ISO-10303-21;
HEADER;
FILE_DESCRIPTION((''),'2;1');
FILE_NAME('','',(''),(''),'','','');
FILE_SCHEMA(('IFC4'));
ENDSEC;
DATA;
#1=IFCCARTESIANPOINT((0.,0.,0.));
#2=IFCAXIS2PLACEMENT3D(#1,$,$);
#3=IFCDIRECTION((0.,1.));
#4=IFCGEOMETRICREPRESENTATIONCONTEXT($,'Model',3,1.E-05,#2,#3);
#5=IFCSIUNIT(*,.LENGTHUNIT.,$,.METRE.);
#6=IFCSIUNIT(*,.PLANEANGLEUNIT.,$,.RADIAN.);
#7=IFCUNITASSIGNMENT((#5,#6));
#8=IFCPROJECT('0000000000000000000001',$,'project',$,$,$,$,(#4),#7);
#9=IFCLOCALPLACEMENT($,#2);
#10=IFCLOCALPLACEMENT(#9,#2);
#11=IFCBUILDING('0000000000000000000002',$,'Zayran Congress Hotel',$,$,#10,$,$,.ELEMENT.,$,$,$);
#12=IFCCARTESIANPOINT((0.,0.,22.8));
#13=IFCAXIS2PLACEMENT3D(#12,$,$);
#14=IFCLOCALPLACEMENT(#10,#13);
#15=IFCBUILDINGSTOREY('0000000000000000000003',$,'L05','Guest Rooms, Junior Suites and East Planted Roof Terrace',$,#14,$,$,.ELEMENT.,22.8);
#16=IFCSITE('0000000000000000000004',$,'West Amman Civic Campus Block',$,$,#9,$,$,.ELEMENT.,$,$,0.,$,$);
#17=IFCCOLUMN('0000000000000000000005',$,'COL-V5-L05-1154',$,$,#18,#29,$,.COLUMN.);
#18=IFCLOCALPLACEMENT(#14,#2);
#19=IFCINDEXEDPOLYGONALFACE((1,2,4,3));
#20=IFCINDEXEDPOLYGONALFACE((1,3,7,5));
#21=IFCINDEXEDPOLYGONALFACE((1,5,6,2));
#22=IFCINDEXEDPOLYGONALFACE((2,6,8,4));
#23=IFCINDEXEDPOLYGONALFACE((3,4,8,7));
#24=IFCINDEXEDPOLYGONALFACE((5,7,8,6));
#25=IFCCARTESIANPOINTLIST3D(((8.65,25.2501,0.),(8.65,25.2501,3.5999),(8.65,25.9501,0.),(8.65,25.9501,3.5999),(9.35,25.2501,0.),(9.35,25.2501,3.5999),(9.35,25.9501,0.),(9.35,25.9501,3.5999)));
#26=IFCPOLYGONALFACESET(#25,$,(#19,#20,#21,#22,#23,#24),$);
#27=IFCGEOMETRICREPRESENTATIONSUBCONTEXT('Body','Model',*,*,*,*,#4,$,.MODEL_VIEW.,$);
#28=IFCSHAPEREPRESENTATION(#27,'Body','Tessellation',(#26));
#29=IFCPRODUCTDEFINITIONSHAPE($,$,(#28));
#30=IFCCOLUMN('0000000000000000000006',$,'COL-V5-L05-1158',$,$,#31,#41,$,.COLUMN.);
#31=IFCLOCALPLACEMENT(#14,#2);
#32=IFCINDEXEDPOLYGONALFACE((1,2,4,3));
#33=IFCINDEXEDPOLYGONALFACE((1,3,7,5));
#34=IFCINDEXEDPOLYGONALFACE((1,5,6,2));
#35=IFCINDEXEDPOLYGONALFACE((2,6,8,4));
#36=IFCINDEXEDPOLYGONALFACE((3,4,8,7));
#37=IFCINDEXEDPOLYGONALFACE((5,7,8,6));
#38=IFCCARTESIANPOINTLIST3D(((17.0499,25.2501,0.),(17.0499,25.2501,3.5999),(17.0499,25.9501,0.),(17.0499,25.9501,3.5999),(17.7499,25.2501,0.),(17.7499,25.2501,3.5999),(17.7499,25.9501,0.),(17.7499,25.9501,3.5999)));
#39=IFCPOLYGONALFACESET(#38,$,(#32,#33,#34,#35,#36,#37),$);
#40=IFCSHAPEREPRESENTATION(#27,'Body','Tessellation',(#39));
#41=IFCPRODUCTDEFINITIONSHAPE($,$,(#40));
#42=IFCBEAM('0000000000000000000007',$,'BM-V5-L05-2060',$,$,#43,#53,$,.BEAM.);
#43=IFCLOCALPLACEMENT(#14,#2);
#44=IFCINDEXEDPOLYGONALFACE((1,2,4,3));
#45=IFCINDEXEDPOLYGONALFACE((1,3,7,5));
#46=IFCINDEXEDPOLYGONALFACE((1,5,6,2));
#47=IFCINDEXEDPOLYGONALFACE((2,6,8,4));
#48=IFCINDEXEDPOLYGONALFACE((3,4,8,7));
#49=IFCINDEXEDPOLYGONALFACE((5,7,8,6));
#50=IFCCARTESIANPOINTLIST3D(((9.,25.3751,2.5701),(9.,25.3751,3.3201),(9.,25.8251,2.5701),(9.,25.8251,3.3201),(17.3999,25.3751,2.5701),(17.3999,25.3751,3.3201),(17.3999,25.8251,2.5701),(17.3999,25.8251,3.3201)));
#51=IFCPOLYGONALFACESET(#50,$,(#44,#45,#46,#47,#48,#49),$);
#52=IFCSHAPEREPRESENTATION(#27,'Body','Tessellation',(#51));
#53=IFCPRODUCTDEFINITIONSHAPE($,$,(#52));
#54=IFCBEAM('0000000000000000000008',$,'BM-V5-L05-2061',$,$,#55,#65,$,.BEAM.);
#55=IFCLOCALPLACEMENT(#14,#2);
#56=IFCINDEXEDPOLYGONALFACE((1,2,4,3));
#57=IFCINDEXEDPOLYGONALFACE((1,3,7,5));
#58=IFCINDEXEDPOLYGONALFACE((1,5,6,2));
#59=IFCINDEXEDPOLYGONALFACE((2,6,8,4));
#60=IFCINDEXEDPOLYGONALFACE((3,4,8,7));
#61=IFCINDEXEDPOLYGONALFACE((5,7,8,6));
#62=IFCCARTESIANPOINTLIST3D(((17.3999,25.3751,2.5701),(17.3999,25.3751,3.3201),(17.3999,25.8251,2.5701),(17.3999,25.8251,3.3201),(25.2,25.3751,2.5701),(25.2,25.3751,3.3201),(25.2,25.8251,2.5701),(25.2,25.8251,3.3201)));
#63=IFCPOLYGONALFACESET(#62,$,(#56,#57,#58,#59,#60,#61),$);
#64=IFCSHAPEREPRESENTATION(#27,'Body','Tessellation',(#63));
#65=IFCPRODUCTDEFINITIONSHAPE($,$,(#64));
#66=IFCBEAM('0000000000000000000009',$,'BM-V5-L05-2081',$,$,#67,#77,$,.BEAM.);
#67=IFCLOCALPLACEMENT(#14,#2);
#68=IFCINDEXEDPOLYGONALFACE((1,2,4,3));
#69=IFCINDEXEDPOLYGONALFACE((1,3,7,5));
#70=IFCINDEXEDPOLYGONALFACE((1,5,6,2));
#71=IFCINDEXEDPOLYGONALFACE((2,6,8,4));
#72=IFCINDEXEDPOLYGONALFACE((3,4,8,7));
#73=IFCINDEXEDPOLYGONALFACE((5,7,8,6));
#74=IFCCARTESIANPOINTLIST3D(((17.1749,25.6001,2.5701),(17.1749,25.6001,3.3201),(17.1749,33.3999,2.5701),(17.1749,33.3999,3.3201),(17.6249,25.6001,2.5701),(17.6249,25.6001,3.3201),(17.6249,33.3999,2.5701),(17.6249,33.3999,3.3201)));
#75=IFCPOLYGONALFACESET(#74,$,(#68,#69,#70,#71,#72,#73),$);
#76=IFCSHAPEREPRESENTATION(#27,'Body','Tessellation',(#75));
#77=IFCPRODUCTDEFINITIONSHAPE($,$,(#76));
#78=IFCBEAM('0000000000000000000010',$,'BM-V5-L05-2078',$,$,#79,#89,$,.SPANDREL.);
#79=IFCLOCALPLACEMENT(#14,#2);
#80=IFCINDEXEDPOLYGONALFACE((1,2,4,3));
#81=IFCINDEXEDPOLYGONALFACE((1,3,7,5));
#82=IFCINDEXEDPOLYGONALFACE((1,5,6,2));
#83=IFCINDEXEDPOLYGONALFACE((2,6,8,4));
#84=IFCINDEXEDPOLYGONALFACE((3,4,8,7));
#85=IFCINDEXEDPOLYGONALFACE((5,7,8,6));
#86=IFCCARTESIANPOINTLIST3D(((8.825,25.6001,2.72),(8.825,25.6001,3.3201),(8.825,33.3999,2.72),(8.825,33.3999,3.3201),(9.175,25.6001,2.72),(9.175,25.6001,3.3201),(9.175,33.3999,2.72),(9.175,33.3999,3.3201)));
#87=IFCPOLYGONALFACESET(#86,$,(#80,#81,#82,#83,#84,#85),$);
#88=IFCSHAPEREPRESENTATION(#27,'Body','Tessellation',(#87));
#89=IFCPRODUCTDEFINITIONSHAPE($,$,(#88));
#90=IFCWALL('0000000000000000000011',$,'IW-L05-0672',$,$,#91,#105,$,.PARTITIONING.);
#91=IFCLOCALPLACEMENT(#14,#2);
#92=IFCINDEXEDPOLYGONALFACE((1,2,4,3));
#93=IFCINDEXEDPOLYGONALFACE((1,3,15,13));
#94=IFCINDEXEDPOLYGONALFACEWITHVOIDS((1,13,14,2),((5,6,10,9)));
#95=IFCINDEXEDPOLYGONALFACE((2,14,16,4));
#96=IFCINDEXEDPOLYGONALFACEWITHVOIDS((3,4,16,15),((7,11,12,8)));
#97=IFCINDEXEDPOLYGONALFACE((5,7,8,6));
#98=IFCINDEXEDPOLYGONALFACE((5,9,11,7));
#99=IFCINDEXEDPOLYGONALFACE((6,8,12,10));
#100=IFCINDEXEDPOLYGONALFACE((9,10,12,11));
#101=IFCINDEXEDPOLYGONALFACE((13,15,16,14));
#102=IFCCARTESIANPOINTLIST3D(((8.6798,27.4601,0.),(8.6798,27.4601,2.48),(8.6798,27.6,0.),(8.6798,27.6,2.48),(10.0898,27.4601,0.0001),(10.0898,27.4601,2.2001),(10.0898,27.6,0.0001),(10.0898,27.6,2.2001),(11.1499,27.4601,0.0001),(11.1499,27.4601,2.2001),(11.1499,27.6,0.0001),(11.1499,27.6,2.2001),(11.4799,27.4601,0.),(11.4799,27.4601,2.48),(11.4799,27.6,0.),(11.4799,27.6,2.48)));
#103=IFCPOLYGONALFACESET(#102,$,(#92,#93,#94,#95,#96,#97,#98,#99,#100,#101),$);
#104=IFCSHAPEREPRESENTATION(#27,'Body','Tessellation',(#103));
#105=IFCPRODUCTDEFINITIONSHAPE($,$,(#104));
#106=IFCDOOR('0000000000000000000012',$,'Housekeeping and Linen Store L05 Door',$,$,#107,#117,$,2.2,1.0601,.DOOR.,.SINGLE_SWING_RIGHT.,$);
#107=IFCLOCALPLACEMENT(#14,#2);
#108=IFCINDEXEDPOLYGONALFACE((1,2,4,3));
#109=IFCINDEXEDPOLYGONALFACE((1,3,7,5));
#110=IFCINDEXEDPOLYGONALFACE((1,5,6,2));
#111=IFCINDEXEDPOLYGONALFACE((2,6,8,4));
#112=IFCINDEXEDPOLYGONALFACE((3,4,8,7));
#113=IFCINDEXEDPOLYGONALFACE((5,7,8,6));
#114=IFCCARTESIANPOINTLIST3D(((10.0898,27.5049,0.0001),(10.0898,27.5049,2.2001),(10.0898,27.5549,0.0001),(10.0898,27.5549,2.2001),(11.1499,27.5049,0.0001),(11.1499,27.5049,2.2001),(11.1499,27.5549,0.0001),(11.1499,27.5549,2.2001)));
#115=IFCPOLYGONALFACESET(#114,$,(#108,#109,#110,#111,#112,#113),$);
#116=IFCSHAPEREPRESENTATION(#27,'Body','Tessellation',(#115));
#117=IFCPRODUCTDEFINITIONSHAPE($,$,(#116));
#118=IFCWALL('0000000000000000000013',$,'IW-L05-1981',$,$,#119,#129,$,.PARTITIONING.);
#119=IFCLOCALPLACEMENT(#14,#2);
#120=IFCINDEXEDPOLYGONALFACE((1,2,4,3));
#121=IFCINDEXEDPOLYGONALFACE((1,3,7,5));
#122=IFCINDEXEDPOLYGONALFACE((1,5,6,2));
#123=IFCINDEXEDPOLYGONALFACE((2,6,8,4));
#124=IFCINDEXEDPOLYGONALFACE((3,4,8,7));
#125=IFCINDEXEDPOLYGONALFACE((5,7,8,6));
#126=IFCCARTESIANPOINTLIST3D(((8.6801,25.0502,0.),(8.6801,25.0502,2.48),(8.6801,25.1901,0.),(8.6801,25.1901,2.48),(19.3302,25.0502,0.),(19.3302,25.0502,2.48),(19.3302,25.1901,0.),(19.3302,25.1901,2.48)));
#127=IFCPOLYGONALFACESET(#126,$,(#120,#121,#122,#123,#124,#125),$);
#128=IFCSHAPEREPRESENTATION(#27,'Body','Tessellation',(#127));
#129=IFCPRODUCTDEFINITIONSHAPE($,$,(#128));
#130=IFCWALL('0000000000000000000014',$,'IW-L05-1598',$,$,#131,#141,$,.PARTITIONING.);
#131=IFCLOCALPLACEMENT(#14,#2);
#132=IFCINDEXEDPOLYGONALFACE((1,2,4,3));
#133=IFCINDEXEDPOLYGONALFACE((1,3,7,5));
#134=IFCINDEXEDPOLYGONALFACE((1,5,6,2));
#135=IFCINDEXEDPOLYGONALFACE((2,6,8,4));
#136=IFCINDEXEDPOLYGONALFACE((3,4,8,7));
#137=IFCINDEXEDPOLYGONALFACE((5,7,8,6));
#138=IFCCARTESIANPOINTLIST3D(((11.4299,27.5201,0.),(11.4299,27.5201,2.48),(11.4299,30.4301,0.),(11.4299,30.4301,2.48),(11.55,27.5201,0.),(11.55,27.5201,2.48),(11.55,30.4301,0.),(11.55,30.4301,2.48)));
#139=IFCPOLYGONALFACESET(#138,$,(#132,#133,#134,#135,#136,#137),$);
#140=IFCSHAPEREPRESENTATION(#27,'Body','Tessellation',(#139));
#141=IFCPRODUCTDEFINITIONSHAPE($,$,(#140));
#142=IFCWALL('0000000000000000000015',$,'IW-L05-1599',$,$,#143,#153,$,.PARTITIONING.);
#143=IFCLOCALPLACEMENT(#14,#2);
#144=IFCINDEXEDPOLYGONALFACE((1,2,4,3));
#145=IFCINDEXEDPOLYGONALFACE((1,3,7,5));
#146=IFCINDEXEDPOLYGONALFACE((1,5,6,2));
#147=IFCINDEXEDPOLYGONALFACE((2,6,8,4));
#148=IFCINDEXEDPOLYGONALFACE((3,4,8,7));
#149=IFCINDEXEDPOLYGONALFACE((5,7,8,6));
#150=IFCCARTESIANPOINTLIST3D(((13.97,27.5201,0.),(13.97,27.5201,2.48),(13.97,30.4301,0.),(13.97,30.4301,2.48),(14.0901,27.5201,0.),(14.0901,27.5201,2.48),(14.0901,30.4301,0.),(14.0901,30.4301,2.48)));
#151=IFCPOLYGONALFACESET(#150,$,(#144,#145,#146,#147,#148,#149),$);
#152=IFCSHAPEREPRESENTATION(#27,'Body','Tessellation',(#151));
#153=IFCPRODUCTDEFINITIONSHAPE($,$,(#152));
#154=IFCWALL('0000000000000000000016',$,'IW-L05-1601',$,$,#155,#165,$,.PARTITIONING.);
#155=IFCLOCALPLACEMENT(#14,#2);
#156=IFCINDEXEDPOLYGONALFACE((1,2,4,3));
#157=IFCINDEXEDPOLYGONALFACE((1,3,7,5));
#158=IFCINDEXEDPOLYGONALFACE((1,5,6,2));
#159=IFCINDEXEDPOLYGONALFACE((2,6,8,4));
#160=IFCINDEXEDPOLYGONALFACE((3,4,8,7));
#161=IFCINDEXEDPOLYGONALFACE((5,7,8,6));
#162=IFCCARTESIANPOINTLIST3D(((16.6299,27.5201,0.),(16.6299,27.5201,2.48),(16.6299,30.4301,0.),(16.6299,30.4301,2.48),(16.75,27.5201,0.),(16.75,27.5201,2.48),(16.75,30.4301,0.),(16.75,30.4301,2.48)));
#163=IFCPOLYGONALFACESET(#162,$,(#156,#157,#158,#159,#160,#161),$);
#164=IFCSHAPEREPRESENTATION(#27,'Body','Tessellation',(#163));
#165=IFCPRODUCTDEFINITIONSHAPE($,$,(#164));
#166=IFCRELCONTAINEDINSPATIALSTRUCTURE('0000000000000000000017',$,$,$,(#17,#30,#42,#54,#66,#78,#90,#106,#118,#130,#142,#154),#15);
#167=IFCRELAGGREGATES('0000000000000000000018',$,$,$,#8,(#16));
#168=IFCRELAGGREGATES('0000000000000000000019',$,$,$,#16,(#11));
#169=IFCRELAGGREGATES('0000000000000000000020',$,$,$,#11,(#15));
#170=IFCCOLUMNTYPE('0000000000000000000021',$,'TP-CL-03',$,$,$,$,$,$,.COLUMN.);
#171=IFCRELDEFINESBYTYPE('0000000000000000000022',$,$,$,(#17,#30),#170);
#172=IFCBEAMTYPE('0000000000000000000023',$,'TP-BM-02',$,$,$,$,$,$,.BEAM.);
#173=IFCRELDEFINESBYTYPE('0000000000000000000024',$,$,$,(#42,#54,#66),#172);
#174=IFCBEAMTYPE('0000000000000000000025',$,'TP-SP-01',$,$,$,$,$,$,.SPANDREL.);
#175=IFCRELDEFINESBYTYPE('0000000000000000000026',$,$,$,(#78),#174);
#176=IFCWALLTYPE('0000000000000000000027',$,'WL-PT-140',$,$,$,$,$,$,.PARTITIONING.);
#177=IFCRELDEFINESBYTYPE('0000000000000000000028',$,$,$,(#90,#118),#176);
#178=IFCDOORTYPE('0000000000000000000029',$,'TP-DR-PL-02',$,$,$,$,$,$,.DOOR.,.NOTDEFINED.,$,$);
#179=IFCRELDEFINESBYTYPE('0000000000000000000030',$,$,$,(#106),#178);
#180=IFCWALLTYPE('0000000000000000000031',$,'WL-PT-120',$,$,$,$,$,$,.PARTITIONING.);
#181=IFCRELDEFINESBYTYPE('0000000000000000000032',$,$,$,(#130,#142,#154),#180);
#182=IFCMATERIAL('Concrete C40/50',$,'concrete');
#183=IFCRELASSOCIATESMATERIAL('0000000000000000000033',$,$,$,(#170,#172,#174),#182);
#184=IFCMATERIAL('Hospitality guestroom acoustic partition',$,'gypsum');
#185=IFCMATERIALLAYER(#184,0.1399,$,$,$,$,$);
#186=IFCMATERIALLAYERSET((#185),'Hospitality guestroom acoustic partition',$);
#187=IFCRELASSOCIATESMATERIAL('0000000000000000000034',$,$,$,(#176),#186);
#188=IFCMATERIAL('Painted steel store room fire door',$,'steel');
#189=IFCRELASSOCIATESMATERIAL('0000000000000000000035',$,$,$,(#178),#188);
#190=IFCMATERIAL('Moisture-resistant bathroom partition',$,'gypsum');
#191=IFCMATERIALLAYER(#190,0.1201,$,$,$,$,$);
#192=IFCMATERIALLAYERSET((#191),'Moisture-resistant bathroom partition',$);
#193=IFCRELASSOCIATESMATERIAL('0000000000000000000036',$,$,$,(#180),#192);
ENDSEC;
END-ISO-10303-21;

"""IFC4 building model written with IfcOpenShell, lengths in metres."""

from ifc_helpers import new_model, si_unit, direction, frame, frame_2d, origin, origin_2d, place, context, subcontext, project, spatial, rectangle, extrude, material, layer, layer_set, material_profile, profile_set, type_object, element, fill, save


model = new_model("IFC4")

# Units and contexts
model_context = context("Model", 3, precision=1e-05, world=origin(), true_north=direction((0.0, 1.0)))
body_context = subcontext(model_context, "Body", "Model", "MODEL_VIEW")
ifc_project = project(units=[si_unit("LENGTHUNIT", "METRE"), si_unit("PLANEANGLEUNIT", "RADIAN")], contexts=[model_context])

# Site, building, storey
site_placement = place(None, origin())
site = spatial("IfcSite", under=ifc_project, at=site_placement, Name="West Amman Civic Campus Block", CompositionType="ELEMENT", RefElevation=0.0)
building_placement = place(site_placement, origin())
building = spatial("IfcBuilding", under=site, at=building_placement, Name="Zayran Congress Hotel", CompositionType="ELEMENT")
storey_placement = place(building_placement, frame((0.0, 0.0, 22.8)))
storey = spatial("IfcBuildingStorey", under=building, at=storey_placement, Name="L05", Description="Guest Rooms, Junior Suites and East Planted Roof Terrace", CompositionType="ELEMENT", Elevation=22.8)

# Columns
ifc_material_1 = material(Name="Concrete C40/50", Category="concrete")
ifc_material_profile_1 = material_profile(ifc_material_1, rectangle(XDim=0.7, YDim=0.7, at=origin_2d()), Name="RC 700x700")
ifc_profile_set_1 = profile_set([ifc_material_profile_1], Name="Concrete C40/50")
column_type = type_object("IfcColumnType", Name="TP-CL-03", PredefinedType="COLUMN", material=ifc_profile_set_1)
for number, where, z_axis, x_axis, name in (
    (1, (9.0, 25.6001, 0.0), (0.0, 0.0, 1.0), (1.0, 0.0, 0.0), "COL-V5-L05-1154"),
    (2, (17.3999, 25.6001, 0.0), (0.0, 0.0, 1.0), (1.0, 0.0, 0.0), "COL-V5-L05-1158"),
):
    element("IfcColumn", number, at=place(storey_placement, frame(where, z_axis=z_axis, x_axis=x_axis)), inside=storey, type_object=column_type, Name=name, PredefinedType="COLUMN", context=body_context, shape_type="SweptSolid", body=[
        extrude(rectangle(XDim=0.7, YDim=0.7, at=origin_2d()), origin(), (0.0, 0.0, 1.0), 3.5999),
    ])

# Beams
ifc_material_profile_2 = material_profile(ifc_material_1, rectangle(XDim=0.45, YDim=0.75, at=origin_2d()), Name="RC 450x750")
ifc_profile_set_2 = profile_set([ifc_material_profile_2], Name="Concrete C40/50")
beam_type_1 = type_object("IfcBeamType", Name="TP-BM-02", PredefinedType="BEAM", material=ifc_profile_set_2)
beam_1_placement = place(storey_placement, frame((9.0, 25.6001, 2.9451), z_axis=(1.0, 0.0, 0.0), x_axis=(0.0, 1.0, 0.0)))
element("IfcBeam", 3, at=beam_1_placement, inside=storey, type_object=beam_type_1, Name="BM-V5-L05-2060", PredefinedType="BEAM", context=body_context, shape_type="SweptSolid", body=[
    extrude(rectangle(XDim=0.45, YDim=0.75, at=origin_2d()), origin(), (0.0, 0.0, 1.0), 8.3999),
])
beam_2_placement = place(storey_placement, frame((17.3999, 25.6001, 2.9451), z_axis=(1.0, 0.0, 0.0), x_axis=(0.0, 1.0, 0.0)))
element("IfcBeam", 4, at=beam_2_placement, inside=storey, type_object=beam_type_1, Name="BM-V5-L05-2061", PredefinedType="BEAM", context=body_context, shape_type="SweptSolid", body=[
    extrude(rectangle(XDim=0.45, YDim=0.75, at=origin_2d()), origin(), (0.0, 0.0, 1.0), 7.8),
])
beam_3_placement = place(storey_placement, frame((17.3999, 25.6001, 2.9451), z_axis=(0.0, 1.0, 0.0), x_axis=(-1.0, 0.0, 0.0)))
element("IfcBeam", 5, at=beam_3_placement, inside=storey, type_object=beam_type_1, Name="BM-V5-L05-2081", PredefinedType="BEAM", context=body_context, shape_type="SweptSolid", body=[
    extrude(rectangle(XDim=0.45, YDim=0.75, at=origin_2d()), origin(), (0.0, 0.0, 1.0), 7.7998),
])
ifc_material_profile_3 = material_profile(ifc_material_1, rectangle(XDim=0.3501, YDim=0.6001, at=origin_2d()), Name="RC 350x600")
ifc_profile_set_3 = profile_set([ifc_material_profile_3], Name="Concrete C40/50")
beam_type_2 = type_object("IfcBeamType", Name="TP-SP-01", PredefinedType="SPANDREL", material=ifc_profile_set_3)
beam_4_placement = place(storey_placement, frame((9.0, 25.6001, 3.02), z_axis=(0.0, 1.0, 0.0), x_axis=(-1.0, 0.0, 0.0)))
element("IfcBeam", 6, at=beam_4_placement, inside=storey, type_object=beam_type_2, Name="BM-V5-L05-2078", PredefinedType="SPANDREL", context=body_context, shape_type="SweptSolid", body=[
    extrude(rectangle(XDim=0.3501, YDim=0.6001, at=origin_2d()), origin(), (0.0, 0.0, 1.0), 7.7998),
])

# Wall, opening, door
ifc_material_2 = material(Name="Hospitality guestroom acoustic partition", Category="gypsum")
ifc_layer_1 = layer(ifc_material_2, 0.1399)
ifc_layer_set_1 = layer_set([ifc_layer_1], Name="Hospitality guestroom acoustic partition")
wall_type_1 = type_object("IfcWallType", Name="WL-PT-140", PredefinedType="PARTITIONING", material=ifc_layer_set_1)
wall_1_placement = place(storey_placement, frame((8.6799, 27.53, 0.0), z_axis=(0.0, 0.0, 1.0), x_axis=(1.0, 0.0, 0.0)))
wall_1 = element("IfcWall", 7, at=wall_1_placement, inside=storey, type_object=wall_type_1, Name="IW-L05-0672", PredefinedType="PARTITIONING", context=body_context, shape_type="SweptSolid", body=[
    extrude(rectangle(XDim=2.8, YDim=0.1399, at=frame_2d((1.3999, 0.0))), origin(), (0.0, 0.0, 1.0), 2.48),
])
opening_placement = place(wall_1_placement, frame((1.4099, 0.0, 0.0)))
opening = element("IfcOpeningElement", 8, at=opening_placement, cuts=wall_1, PredefinedType="OPENING", context=body_context, shape_type="SweptSolid", body=[
    extrude(rectangle(XDim=1.0601, YDim=2.2, at=frame_2d((0.53, 1.1001))), frame((0.0, 0.0798, 0.0), z_axis=(0.0, -1.0, 0.0), x_axis=(1.0, 0.0, 0.0)), (0.0, 0.0, 1.0), 0.1599),
])
ifc_material_3 = material(Name="Painted steel store room fire door", Category="steel")
door_type = type_object("IfcDoorType", Name="TP-DR-PL-02", OperationType="NOTDEFINED", PredefinedType="DOOR", material=ifc_material_3)
door_placement = place(opening_placement, origin())
door = element("IfcDoor", 9, at=door_placement, inside=storey, type_object=door_type, Name="Housekeeping and Linen Store L05 Door", OperationType="SINGLE_SWING_RIGHT", OverallHeight=2.2, OverallWidth=1.0601, PredefinedType="DOOR", context=body_context, shape_type="SweptSolid", body=[
    extrude(rectangle(XDim=1.0601, YDim=2.2, at=frame_2d((0.53, 1.1001))), frame((0.0, 0.0249, 0.0), z_axis=(0.0, -1.0, 0.0), x_axis=(1.0, 0.0, 0.0)), (0.0, 0.0, 1.0), 0.05),
])
fill(opening, door)

# Walls
wall_2_placement = place(storey_placement, frame((8.6799, 25.1201, 0.0), z_axis=(0.0, 0.0, 1.0), x_axis=(1.0, 0.0, 0.0)))
element("IfcWall", 10, at=wall_2_placement, inside=storey, type_object=wall_type_1, Name="IW-L05-1981", PredefinedType="PARTITIONING", context=body_context, shape_type="SweptSolid", body=[
    extrude(rectangle(XDim=10.6501, YDim=0.1399, at=frame_2d((5.3252, 0.0))), origin(), (0.0, 0.0, 1.0), 2.48),
])
ifc_material_4 = material(Name="Moisture-resistant bathroom partition", Category="gypsum")
ifc_layer_2 = layer(ifc_material_4, 0.1201)
ifc_layer_set_2 = layer_set([ifc_layer_2], Name="Moisture-resistant bathroom partition")
wall_type_2 = type_object("IfcWallType", Name="WL-PT-120", PredefinedType="PARTITIONING", material=ifc_layer_set_2)
for number, where, z_axis, x_axis, name in (
    (11, (11.49, 27.52, 0.0), (0.0, 0.0, 1.0), (0.0, 1.0, 0.0), "IW-L05-1598"),
    (12, (14.03, 27.52, 0.0), (0.0, 0.0, 1.0), (0.0, 1.0, 0.0), "IW-L05-1599"),
    (13, (16.6899, 27.52, 0.0), (0.0, 0.0, 1.0), (0.0, 1.0, 0.0), "IW-L05-1601"),
):
    element("IfcWall", number, at=place(storey_placement, frame(where, z_axis=z_axis, x_axis=x_axis)), inside=storey, type_object=wall_type_2, Name=name, PredefinedType="PARTITIONING", context=body_context, shape_type="SweptSolid", body=[
        extrude(rectangle(XDim=2.9099, YDim=0.1201, at=frame_2d((1.4551, 0.0))), origin(), (0.0, 0.0, 1.0), 2.48),
    ])

save(model, "model.ifc")
